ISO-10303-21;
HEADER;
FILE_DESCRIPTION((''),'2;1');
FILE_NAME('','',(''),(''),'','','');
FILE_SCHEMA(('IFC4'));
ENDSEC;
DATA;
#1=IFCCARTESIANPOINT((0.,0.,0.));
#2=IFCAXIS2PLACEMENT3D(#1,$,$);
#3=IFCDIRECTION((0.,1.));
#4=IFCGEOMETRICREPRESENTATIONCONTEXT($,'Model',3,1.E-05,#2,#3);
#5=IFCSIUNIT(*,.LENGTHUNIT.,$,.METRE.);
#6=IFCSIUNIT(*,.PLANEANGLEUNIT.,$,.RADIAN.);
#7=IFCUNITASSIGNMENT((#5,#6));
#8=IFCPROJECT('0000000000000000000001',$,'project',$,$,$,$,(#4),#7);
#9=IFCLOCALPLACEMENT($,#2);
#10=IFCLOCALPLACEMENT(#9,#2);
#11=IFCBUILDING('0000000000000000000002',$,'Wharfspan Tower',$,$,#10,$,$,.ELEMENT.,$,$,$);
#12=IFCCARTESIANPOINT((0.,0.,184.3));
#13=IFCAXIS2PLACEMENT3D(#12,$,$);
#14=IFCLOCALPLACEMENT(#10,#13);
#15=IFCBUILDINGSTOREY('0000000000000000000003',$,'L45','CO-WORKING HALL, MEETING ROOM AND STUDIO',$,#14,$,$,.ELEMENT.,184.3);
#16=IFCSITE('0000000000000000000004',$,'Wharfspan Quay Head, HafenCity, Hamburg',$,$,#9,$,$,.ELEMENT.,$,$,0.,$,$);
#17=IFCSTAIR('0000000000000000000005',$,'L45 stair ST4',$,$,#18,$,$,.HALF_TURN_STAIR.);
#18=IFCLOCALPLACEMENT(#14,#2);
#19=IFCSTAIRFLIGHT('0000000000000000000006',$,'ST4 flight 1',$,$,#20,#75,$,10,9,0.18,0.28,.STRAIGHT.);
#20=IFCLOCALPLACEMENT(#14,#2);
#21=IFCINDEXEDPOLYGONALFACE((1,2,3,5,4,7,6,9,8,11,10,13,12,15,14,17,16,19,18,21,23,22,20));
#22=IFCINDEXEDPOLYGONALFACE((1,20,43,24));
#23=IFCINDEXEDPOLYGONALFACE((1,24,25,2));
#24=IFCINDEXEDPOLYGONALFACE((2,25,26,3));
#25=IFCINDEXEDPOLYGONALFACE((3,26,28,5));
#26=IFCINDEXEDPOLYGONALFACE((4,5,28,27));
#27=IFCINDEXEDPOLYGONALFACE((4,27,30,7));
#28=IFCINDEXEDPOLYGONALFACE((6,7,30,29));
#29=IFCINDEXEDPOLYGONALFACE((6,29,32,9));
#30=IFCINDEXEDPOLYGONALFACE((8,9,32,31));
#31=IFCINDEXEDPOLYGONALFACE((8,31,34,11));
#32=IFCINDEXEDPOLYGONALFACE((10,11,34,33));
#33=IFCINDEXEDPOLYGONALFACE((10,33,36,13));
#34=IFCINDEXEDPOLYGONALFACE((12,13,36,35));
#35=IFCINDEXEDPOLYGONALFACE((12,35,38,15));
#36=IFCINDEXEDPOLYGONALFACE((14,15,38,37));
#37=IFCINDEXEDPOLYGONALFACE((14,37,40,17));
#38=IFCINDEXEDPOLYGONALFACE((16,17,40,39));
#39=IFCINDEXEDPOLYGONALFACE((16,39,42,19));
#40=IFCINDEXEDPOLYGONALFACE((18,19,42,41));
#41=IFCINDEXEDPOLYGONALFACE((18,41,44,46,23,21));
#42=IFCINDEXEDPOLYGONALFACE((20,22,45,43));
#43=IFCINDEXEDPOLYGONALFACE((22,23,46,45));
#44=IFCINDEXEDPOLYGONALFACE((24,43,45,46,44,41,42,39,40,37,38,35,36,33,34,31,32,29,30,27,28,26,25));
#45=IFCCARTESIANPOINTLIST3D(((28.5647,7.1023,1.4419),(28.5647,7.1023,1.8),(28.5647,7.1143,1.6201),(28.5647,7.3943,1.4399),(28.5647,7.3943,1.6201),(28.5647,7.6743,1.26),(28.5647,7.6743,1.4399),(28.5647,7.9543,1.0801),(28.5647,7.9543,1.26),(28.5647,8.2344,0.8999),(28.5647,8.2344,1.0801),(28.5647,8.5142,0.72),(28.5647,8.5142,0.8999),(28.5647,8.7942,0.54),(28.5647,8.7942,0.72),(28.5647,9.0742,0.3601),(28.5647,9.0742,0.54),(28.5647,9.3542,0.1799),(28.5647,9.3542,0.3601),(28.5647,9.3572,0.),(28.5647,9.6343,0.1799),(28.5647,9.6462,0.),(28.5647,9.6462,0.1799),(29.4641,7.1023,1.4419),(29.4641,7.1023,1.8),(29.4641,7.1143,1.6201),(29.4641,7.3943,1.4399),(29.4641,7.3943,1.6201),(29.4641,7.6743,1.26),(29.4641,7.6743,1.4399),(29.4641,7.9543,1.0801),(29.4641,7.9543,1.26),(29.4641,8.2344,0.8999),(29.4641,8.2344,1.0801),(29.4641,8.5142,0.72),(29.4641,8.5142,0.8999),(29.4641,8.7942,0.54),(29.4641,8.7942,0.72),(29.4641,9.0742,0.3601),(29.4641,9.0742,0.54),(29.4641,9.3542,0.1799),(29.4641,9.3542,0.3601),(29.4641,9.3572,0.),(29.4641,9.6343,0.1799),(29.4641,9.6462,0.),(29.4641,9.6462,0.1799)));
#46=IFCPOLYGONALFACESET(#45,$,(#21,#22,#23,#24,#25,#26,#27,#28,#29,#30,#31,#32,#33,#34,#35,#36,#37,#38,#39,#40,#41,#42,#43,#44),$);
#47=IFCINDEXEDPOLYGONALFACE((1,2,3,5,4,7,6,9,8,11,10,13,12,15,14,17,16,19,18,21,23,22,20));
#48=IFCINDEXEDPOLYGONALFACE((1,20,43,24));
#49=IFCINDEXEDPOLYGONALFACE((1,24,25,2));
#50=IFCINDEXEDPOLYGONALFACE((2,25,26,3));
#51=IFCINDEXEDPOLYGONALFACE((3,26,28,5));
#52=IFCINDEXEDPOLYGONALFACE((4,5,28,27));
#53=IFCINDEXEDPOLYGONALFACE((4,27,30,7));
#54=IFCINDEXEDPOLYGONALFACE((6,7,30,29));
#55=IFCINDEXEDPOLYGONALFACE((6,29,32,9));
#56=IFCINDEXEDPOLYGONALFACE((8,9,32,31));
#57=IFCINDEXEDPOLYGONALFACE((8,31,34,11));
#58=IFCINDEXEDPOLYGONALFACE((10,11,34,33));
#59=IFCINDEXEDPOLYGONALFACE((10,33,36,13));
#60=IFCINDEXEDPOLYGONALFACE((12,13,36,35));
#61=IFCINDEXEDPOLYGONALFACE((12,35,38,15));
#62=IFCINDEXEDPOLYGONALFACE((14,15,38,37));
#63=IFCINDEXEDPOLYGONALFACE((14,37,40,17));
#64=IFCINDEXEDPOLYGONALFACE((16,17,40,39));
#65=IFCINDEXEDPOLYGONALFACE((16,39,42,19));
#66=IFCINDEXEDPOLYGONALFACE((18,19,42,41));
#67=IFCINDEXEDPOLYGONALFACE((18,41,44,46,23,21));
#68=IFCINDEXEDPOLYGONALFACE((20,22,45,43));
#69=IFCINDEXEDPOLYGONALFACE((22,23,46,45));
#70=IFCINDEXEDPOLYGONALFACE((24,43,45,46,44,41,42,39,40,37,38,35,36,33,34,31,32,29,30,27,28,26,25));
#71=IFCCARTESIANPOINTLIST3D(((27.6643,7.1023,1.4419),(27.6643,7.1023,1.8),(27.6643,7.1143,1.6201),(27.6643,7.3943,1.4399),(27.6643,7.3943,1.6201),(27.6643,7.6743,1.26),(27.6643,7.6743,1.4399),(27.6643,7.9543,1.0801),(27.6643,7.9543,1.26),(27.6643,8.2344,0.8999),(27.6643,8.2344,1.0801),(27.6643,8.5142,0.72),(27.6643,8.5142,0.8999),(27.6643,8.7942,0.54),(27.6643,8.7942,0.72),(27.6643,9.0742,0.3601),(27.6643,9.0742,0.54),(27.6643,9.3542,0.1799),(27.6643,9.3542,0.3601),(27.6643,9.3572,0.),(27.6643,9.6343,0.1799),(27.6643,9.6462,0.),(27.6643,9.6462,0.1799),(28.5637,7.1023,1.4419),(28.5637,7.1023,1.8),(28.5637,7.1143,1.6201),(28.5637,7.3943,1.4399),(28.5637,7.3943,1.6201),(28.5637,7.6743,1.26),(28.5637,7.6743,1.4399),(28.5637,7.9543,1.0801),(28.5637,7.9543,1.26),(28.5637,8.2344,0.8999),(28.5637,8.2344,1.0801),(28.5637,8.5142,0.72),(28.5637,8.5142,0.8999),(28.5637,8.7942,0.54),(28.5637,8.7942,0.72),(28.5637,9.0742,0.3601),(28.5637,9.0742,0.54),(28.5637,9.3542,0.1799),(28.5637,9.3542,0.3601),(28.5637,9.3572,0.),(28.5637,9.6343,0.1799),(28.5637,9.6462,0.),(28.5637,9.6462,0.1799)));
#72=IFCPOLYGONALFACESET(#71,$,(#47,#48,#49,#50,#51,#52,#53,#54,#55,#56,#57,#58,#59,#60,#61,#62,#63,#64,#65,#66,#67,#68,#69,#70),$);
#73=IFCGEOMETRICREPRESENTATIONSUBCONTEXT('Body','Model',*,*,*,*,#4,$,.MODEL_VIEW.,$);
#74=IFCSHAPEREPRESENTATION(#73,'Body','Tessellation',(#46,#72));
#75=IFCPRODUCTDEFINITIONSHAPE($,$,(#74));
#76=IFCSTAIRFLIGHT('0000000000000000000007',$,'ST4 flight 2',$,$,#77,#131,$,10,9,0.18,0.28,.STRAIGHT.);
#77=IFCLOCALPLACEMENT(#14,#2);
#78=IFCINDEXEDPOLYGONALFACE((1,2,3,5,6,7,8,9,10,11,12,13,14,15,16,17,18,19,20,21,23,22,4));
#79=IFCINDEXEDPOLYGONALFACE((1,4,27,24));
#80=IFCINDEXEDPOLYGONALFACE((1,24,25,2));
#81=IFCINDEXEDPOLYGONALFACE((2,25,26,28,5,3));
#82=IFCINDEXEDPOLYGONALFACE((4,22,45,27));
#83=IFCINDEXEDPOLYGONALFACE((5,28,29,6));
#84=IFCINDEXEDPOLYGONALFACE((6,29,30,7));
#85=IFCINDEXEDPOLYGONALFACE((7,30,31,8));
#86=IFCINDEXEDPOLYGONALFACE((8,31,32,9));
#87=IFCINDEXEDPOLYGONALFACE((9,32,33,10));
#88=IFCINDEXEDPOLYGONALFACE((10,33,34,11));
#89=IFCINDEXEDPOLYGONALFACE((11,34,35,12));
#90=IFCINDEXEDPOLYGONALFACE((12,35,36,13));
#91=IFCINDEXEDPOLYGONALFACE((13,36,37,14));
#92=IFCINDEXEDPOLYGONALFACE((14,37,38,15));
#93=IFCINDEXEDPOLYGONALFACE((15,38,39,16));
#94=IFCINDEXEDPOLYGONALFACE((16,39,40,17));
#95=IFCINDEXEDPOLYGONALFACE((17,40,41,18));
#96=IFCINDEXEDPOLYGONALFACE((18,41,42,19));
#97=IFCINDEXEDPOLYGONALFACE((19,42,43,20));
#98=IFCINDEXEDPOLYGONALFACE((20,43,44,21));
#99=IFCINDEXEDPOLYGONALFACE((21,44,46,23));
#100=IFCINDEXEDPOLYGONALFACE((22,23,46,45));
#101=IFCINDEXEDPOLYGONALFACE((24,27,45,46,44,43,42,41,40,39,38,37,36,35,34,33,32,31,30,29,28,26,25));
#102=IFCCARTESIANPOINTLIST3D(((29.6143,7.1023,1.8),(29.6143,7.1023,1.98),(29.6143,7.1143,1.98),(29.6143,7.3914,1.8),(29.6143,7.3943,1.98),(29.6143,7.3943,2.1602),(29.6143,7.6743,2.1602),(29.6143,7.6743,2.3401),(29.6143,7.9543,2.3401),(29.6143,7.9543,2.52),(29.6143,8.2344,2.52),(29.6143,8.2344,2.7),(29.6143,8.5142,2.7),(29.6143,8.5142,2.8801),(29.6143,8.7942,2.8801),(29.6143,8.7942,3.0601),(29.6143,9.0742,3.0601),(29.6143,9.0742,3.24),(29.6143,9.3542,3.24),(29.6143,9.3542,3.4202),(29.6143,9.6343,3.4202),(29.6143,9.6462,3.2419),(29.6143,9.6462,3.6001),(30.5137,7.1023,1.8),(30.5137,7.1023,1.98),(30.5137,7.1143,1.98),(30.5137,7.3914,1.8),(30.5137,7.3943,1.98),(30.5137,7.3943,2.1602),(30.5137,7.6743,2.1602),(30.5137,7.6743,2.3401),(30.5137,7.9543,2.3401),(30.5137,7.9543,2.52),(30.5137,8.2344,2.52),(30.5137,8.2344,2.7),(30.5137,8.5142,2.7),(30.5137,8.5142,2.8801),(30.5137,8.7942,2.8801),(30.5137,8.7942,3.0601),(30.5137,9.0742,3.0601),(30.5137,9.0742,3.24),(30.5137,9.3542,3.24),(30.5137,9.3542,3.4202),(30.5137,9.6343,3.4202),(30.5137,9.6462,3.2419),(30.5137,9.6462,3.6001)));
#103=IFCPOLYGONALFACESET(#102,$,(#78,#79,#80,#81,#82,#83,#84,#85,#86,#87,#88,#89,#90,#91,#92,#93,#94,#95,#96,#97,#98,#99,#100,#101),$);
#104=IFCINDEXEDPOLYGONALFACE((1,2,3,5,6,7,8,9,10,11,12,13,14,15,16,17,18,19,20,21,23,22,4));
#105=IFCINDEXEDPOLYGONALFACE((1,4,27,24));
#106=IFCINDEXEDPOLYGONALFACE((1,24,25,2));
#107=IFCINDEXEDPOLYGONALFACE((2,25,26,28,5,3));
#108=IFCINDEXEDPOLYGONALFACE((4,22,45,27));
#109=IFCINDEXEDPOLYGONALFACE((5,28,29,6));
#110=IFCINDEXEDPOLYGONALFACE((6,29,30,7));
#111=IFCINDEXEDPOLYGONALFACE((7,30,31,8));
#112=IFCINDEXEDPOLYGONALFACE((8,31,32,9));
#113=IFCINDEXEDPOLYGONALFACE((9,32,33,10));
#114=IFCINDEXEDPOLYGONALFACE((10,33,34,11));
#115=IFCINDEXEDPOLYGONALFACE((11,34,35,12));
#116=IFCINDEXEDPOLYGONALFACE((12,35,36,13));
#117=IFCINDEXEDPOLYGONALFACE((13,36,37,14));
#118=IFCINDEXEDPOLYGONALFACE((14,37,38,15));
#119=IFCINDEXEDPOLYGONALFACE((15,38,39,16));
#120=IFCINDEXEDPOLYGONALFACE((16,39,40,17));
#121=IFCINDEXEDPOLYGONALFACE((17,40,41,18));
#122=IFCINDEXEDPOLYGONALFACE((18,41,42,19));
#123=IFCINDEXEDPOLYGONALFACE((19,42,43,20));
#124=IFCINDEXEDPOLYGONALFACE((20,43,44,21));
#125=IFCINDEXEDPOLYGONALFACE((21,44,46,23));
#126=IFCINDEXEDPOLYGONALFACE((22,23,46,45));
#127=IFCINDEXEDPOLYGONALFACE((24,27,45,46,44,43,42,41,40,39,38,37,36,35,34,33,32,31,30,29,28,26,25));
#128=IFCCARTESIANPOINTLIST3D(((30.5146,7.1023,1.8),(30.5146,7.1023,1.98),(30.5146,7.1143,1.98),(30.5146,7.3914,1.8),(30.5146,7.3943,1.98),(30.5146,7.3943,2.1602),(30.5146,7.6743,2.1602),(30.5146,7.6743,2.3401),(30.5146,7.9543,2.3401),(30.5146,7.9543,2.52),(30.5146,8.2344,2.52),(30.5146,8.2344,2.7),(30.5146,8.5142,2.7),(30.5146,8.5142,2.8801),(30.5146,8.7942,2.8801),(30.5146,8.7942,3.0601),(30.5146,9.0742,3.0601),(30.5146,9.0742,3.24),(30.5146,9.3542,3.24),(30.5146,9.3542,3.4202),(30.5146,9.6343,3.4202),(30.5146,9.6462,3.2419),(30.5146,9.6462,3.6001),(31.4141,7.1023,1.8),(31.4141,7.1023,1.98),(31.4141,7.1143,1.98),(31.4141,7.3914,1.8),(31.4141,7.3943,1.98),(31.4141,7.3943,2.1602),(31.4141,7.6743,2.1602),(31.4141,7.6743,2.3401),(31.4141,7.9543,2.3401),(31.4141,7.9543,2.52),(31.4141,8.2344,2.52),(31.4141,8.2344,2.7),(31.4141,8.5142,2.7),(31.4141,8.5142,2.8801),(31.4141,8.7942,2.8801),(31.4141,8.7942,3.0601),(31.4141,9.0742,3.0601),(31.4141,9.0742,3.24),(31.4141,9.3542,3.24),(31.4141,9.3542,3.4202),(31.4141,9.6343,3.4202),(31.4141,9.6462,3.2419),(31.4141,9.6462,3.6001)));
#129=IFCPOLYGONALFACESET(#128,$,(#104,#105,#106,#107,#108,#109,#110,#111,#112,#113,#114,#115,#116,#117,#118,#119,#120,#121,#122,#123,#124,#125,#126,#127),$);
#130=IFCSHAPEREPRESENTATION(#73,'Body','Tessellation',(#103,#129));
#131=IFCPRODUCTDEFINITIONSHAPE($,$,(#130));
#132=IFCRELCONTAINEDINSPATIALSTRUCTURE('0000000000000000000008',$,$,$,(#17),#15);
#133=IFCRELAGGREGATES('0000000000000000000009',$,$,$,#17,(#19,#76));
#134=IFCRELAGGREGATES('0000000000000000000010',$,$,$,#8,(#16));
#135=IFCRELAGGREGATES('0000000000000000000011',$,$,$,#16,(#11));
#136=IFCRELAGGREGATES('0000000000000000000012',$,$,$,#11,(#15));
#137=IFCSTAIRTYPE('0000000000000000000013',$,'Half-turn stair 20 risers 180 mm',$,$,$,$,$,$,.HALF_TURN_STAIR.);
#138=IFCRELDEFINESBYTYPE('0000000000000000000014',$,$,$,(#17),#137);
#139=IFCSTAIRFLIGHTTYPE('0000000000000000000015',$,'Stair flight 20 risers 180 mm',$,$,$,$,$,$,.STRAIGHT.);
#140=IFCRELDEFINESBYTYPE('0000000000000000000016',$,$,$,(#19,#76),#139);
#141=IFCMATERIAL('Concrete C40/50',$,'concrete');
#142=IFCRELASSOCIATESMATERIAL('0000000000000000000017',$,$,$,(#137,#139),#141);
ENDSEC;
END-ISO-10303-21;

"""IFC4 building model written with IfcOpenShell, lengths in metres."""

from ifc_helpers import new_model, si_unit, direction, frame, origin, place, context, subcontext, project, spatial, polyline, outline, extrude, material, type_object, element, aggregate, save


model = new_model("IFC4")

# Units and contexts
model_context = context("Model", 3, precision=1e-05, world=origin(), true_north=direction((0.0, 1.0)))
body_context = subcontext(model_context, "Body", "Model", "MODEL_VIEW")
ifc_project = project(units=[si_unit("LENGTHUNIT", "METRE"), si_unit("PLANEANGLEUNIT", "RADIAN")], contexts=[model_context])

# Site, building, storey
site_placement = place(None, origin())
site = spatial("IfcSite", under=ifc_project, at=site_placement, Name="Wharfspan Quay Head, HafenCity, Hamburg", CompositionType="ELEMENT", RefElevation=0.0)
building_placement = place(site_placement, origin())
building = spatial("IfcBuilding", under=site, at=building_placement, Name="Wharfspan Tower", CompositionType="ELEMENT")
storey_placement = place(building_placement, frame((0.0, 0.0, 184.3)))
storey = spatial("IfcBuildingStorey", under=building, at=storey_placement, Name="L45", Description="CO-WORKING HALL, MEETING ROOM AND STUDIO", CompositionType="ELEMENT", Elevation=184.3)

# Shared definitions
ifc_material_1 = material(Name="Concrete C40/50", Category="concrete")

# Stair, stair flights
stair_type = type_object("IfcStairType", Name="Half-turn stair 20 risers 180 mm", PredefinedType="HALF_TURN_STAIR", material=ifc_material_1)
stair_placement = place(storey_placement, origin())
stair = element("IfcStair", 1, at=stair_placement, inside=storey, type_object=stair_type, Name="L45 stair ST4", PredefinedType="HALF_TURN_STAIR")
stair_flight_type = type_object("IfcStairFlightType", Name="Stair flight 20 risers 180 mm", PredefinedType="STRAIGHT", material=ifc_material_1)
stair_flight_1_placement = place(storey_placement, frame((28.5642, 9.6343, 0.0), z_axis=(0.0, 0.0, 1.0), x_axis=(0.0, -1.0, 0.0)))
stair_flight_1 = element("IfcStairFlight", 2, at=stair_flight_1_placement, type_object=stair_flight_type, Name="ST4 flight 1", NumberOfRisers=10, NumberOfTreads=9, PredefinedType="STRAIGHT", RiserHeight=0.18, TreadLength=0.28, context=body_context, shape_type="SweptSolid", body=[
    extrude(outline(polyline([(-0.012, 0.0), (-0.012, 0.1799), (0.0, 0.1799), (0.28, 0.1799), (0.28, 0.3601), (0.5601, 0.3601), (0.5601, 0.54), (0.8401, 0.54), (0.8401, 0.72), (1.1201, 0.72), (1.1201, 0.8999), (1.3999, 0.8999), (1.3999, 1.0801), (1.6799, 1.0801), (1.6799, 1.26), (1.96, 1.26), (1.96, 1.4399), (2.24, 1.4399), (2.24, 1.6201), (2.52, 1.6201), (2.532, 1.8), (2.532, 1.4419), (0.2771, 0.0), (-0.012, 0.0)])), frame((0.0, 0.8999, 0.0), z_axis=(0.0, -1.0, 0.0), x_axis=(1.0, 0.0, 0.0)), (0.0, 0.0, 1.0), 0.8994),
    extrude(outline(polyline([(-0.012, 0.0), (-0.012, 0.1799), (0.0, 0.1799), (0.28, 0.1799), (0.28, 0.3601), (0.5601, 0.3601), (0.5601, 0.54), (0.8401, 0.54), (0.8401, 0.72), (1.1201, 0.72), (1.1201, 0.8999), (1.3999, 0.8999), (1.3999, 1.0801), (1.6799, 1.0801), (1.6799, 1.26), (1.96, 1.26), (1.96, 1.4399), (2.24, 1.4399), (2.24, 1.6201), (2.52, 1.6201), (2.532, 1.8), (2.532, 1.4419), (0.2771, 0.0), (-0.012, 0.0)])), frame((0.0, -0.0005, 0.0), z_axis=(0.0, -1.0, 0.0), x_axis=(1.0, 0.0, 0.0)), (0.0, 0.0, 1.0), 0.8994),
])
stair_flight_2_placement = place(storey_placement, frame((30.5142, 7.1143, 1.8), z_axis=(0.0, 0.0, 1.0), x_axis=(0.0, 1.0, 0.0)))
stair_flight_2 = element("IfcStairFlight", 3, at=stair_flight_2_placement, type_object=stair_flight_type, Name="ST4 flight 2", NumberOfRisers=10, NumberOfTreads=9, PredefinedType="STRAIGHT", RiserHeight=0.18, TreadLength=0.28, context=body_context, shape_type="SweptSolid", body=[
    extrude(outline(polyline([(-0.012, 0.0), (-0.012, 0.1799), (0.0, 0.1799), (0.28, 0.1799), (0.28, 0.3601), (0.5601, 0.3601), (0.5601, 0.54), (0.8401, 0.54), (0.8401, 0.72), (1.1201, 0.72), (1.1201, 0.8999), (1.3999, 0.8999), (1.3999, 1.0801), (1.6799, 1.0801), (1.6799, 1.26), (1.96, 1.26), (1.96, 1.4399), (2.24, 1.4399), (2.24, 1.6201), (2.52, 1.6201), (2.532, 1.8), (2.532, 1.4419), (0.2771, 0.0), (-0.012, 0.0)])), frame((0.0, 0.8999, 0.0), z_axis=(0.0, -1.0, 0.0), x_axis=(1.0, 0.0, 0.0)), (0.0, 0.0, 1.0), 0.8994),
    extrude(outline(polyline([(-0.012, 0.0), (-0.012, 0.1799), (0.0, 0.1799), (0.28, 0.1799), (0.28, 0.3601), (0.5601, 0.3601), (0.5601, 0.54), (0.8401, 0.54), (0.8401, 0.72), (1.1201, 0.72), (1.1201, 0.8999), (1.3999, 0.8999), (1.3999, 1.0801), (1.6799, 1.0801), (1.6799, 1.26), (1.96, 1.26), (1.96, 1.4399), (2.24, 1.4399), (2.24, 1.6201), (2.52, 1.6201), (2.532, 1.8), (2.532, 1.4419), (0.2771, 0.0), (-0.012, 0.0)])), frame((0.0, -0.0005, 0.0), z_axis=(0.0, -1.0, 0.0), x_axis=(1.0, 0.0, 0.0)), (0.0, 0.0, 1.0), 0.8994),
])
aggregate(stair, [stair_flight_1, stair_flight_2])

save(model, "model.ifc")
